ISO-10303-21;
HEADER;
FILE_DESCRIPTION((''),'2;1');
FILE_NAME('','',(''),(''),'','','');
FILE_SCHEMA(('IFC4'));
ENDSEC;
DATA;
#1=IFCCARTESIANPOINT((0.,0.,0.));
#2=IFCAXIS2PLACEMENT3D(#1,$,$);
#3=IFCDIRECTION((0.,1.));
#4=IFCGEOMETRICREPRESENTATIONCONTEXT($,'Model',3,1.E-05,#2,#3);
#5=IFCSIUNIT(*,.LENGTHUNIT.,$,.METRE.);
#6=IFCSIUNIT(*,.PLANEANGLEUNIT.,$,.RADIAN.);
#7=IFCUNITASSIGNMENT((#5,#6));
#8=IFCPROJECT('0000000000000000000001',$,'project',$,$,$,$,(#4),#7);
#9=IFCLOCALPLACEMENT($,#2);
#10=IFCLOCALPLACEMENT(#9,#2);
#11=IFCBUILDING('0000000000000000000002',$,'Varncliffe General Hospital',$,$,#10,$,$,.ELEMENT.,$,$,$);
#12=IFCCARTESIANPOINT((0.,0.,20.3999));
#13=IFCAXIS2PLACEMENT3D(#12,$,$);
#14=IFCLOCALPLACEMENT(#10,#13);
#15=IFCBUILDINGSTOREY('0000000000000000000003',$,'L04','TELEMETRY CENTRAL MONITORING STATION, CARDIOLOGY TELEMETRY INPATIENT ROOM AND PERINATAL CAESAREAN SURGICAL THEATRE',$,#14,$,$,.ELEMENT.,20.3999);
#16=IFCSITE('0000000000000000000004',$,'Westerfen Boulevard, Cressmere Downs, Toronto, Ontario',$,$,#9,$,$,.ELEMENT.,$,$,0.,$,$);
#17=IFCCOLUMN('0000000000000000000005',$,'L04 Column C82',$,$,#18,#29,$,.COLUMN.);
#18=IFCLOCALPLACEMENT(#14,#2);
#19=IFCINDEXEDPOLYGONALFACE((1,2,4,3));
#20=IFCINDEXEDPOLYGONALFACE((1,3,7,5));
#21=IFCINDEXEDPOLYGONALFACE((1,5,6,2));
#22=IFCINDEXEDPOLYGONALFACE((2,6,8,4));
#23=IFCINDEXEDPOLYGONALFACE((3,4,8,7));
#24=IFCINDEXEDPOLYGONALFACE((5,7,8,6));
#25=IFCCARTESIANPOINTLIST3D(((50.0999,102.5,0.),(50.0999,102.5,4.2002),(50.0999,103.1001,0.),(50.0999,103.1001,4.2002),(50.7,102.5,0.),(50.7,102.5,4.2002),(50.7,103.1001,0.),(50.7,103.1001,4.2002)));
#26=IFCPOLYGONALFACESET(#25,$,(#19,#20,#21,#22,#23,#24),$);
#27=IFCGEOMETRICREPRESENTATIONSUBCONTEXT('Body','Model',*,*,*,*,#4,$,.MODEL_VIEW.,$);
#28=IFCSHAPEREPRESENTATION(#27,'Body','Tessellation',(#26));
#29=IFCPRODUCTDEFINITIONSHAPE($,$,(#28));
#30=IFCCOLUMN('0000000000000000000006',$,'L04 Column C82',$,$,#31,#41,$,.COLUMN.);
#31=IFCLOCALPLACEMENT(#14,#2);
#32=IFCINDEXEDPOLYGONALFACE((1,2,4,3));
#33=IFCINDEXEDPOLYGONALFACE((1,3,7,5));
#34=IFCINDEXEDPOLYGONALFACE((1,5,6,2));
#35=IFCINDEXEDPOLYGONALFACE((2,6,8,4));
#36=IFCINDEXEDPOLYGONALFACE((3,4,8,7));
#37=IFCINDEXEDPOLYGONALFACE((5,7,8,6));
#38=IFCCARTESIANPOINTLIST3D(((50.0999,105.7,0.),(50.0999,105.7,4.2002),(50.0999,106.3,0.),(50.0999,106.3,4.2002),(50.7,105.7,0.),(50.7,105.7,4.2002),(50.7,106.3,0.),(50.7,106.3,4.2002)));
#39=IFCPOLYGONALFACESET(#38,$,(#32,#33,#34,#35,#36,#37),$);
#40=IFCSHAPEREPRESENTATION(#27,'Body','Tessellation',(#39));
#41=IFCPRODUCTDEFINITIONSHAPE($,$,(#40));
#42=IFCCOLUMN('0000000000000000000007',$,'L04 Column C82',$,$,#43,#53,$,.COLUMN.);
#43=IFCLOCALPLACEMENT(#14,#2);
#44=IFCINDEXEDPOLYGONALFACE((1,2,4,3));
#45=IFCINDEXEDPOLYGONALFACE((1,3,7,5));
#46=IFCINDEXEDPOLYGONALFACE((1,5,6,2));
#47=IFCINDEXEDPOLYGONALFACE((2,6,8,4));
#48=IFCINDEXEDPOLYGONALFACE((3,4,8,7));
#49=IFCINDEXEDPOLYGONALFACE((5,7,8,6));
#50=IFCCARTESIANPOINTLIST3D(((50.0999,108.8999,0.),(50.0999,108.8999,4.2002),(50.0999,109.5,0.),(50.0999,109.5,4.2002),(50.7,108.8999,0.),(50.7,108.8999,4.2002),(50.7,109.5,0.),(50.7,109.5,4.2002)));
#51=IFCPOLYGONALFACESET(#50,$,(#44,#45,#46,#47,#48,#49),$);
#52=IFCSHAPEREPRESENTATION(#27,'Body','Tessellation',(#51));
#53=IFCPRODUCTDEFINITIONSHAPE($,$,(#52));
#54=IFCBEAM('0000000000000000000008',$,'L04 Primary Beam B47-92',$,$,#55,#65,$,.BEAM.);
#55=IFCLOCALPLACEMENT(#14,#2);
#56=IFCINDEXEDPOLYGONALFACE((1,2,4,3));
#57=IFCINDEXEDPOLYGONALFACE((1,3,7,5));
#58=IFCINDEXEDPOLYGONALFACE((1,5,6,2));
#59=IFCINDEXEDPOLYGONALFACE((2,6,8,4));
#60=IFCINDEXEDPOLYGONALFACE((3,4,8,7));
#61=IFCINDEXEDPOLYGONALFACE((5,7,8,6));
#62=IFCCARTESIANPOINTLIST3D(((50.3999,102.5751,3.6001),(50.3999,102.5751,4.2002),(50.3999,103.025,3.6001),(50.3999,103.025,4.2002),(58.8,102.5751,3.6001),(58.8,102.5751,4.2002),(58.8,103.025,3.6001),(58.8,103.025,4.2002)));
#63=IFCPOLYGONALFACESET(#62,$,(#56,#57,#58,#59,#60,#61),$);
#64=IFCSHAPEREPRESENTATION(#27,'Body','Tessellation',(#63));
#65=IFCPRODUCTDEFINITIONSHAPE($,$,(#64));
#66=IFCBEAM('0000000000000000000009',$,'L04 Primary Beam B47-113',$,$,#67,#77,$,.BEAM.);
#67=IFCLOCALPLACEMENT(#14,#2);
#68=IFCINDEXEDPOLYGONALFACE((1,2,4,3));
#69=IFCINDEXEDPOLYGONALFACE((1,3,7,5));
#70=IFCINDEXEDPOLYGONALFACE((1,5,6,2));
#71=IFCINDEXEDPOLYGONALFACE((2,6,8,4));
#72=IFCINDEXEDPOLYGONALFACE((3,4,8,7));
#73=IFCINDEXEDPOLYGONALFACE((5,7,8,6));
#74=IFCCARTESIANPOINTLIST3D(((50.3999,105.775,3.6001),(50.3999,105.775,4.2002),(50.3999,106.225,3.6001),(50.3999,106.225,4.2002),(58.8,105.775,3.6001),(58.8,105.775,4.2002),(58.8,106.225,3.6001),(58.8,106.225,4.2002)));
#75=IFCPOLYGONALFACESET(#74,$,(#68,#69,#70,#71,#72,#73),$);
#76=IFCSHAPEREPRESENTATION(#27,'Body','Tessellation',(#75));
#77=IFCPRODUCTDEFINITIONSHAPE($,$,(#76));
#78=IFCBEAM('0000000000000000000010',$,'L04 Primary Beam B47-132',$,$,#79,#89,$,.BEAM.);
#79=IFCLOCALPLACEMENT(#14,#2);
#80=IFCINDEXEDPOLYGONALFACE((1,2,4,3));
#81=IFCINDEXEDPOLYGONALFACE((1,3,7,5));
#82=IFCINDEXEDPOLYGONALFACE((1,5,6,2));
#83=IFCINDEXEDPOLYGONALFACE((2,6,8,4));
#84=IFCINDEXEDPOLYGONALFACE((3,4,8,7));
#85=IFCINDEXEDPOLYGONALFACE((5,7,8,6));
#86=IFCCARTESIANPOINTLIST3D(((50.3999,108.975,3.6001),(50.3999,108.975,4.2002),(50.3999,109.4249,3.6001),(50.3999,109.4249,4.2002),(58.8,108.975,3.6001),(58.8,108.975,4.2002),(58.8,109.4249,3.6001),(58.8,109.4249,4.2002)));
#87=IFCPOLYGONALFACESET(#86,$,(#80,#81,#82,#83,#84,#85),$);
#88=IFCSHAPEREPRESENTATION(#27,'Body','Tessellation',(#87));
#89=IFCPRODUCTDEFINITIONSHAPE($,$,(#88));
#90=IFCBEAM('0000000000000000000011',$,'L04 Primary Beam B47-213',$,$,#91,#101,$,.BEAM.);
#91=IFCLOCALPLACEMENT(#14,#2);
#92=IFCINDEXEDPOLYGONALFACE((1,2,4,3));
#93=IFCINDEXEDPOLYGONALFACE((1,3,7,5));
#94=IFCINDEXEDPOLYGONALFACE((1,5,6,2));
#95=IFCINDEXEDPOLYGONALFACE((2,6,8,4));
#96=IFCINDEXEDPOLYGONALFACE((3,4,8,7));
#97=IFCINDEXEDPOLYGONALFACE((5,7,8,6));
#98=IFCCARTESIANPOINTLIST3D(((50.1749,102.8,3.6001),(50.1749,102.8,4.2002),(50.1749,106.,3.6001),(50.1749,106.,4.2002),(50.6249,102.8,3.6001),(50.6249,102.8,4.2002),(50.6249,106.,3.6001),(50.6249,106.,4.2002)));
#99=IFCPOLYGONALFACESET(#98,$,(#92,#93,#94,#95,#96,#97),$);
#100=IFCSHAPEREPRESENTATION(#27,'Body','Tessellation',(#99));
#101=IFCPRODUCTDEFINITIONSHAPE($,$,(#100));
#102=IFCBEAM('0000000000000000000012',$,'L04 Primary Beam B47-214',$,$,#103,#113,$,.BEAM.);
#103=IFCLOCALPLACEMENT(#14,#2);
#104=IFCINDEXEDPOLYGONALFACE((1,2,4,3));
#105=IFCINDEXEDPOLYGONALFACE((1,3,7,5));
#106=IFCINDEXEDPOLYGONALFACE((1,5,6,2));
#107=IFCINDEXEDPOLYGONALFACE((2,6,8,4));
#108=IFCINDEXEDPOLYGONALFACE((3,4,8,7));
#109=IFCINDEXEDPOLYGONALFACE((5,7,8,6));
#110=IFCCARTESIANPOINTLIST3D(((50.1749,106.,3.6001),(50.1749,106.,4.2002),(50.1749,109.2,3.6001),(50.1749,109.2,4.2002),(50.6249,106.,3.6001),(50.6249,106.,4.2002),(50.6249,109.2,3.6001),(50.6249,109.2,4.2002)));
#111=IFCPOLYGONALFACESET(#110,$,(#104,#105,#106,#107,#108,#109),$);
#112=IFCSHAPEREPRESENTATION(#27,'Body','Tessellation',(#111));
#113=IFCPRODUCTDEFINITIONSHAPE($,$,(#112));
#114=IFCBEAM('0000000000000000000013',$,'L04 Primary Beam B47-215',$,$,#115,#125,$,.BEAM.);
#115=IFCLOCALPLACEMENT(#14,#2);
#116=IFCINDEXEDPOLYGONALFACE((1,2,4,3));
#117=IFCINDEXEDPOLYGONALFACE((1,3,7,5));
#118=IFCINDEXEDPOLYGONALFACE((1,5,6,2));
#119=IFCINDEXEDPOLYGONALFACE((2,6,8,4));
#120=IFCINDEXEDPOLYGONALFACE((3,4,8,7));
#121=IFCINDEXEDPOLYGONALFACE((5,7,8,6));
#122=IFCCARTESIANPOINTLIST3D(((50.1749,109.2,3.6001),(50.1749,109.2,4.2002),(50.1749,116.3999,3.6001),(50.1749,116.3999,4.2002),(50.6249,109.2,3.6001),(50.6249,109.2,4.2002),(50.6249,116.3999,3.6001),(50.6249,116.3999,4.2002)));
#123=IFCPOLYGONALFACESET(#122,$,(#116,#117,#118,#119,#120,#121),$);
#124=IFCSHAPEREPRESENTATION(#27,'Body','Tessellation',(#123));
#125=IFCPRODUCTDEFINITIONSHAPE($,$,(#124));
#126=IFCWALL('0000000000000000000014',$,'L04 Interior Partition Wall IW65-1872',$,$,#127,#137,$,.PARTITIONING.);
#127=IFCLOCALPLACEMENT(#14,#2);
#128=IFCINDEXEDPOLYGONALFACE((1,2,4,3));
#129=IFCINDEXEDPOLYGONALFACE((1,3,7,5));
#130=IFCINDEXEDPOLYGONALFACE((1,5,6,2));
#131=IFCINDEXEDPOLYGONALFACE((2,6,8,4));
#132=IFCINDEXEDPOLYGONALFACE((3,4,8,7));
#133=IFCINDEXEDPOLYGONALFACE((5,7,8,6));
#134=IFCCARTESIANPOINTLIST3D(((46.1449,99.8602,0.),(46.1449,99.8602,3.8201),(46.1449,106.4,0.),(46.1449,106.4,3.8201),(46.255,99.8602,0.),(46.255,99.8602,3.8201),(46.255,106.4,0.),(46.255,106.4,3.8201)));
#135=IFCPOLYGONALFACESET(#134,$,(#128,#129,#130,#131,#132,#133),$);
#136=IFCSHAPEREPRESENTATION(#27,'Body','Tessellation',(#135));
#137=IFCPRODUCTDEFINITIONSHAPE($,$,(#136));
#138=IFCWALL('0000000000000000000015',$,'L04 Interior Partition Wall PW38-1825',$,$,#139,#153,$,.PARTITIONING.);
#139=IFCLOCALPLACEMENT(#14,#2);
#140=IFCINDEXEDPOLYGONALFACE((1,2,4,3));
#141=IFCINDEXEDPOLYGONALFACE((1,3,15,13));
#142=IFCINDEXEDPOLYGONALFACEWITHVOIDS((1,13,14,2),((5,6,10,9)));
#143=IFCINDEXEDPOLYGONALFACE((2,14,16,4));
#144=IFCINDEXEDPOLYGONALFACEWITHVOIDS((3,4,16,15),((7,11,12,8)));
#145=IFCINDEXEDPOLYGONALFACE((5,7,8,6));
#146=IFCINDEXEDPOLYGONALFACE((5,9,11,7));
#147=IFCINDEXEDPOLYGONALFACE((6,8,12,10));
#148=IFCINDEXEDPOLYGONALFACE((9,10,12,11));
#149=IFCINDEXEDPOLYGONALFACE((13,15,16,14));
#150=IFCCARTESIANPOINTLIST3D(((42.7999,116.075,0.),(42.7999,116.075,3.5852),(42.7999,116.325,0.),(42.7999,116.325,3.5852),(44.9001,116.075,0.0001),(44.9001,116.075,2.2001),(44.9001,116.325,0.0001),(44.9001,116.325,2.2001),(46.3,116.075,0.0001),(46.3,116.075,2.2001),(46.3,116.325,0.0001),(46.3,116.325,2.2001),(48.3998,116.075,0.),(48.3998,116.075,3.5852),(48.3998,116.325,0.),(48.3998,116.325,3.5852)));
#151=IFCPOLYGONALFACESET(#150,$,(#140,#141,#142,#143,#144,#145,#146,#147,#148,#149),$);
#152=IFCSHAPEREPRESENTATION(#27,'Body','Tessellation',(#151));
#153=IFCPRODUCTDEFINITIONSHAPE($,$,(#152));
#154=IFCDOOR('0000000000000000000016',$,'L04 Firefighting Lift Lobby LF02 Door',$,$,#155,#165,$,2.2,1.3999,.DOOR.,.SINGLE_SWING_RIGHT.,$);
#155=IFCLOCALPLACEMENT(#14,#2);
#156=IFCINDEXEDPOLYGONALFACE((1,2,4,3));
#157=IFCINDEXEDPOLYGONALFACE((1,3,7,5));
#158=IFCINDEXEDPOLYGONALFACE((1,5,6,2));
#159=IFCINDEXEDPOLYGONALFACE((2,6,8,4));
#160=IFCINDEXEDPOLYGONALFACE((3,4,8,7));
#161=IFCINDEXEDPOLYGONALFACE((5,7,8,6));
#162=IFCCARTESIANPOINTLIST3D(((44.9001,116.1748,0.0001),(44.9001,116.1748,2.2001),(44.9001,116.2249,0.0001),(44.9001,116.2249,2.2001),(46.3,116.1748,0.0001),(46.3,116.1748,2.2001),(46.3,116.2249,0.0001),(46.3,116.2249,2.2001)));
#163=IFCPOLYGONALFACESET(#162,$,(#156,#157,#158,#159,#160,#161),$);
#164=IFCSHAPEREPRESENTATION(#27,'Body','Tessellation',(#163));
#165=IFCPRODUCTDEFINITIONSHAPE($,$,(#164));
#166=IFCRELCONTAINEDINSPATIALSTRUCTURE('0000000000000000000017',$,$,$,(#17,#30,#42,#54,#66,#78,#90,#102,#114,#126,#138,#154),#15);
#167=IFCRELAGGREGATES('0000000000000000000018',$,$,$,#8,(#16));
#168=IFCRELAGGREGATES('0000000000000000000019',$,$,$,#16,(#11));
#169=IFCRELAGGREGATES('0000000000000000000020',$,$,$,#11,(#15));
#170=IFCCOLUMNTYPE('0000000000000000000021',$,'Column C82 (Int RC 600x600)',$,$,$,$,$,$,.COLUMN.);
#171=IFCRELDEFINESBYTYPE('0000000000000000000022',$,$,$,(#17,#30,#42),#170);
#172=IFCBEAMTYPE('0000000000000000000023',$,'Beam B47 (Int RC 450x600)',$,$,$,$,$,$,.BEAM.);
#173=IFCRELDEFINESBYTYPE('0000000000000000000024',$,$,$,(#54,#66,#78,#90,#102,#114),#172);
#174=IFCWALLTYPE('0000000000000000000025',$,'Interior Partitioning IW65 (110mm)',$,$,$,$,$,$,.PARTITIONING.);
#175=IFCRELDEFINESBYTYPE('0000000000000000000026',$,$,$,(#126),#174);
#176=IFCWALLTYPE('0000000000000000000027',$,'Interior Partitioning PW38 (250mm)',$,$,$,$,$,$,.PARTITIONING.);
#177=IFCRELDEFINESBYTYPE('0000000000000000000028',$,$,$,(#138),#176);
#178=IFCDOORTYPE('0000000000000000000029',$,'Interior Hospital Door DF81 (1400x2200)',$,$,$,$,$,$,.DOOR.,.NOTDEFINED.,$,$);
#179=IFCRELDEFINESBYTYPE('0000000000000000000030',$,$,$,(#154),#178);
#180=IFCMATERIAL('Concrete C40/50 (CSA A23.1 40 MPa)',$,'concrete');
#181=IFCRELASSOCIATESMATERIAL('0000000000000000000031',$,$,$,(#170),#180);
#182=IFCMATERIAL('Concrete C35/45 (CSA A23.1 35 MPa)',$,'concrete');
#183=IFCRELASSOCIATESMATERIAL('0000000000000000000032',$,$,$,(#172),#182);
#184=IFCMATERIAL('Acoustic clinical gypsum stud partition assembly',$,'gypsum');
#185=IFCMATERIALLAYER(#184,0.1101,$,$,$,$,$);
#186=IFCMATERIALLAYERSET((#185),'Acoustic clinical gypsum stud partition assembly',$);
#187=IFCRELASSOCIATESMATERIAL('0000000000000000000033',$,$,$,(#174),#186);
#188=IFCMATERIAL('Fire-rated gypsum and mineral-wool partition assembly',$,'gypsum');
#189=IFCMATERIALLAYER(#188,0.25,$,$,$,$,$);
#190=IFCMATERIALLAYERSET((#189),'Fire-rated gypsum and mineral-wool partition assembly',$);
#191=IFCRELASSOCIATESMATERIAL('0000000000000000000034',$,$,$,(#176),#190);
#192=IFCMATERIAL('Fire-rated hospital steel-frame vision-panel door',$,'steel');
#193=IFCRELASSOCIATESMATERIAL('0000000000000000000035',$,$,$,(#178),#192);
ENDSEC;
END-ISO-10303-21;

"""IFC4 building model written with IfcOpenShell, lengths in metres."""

from ifc_helpers import new_model, si_unit, direction, frame, frame_2d, origin, origin_2d, place, context, subcontext, project, spatial, rectangle, extrude, material, layer, layer_set, material_profile, profile_set, type_object, element, fill, save


model = new_model("IFC4")

# Units and contexts
model_context = context("Model", 3, precision=1e-05, world=origin(), true_north=direction((0.0, 1.0)))
body_context = subcontext(model_context, "Body", "Model", "MODEL_VIEW")
ifc_project = project(units=[si_unit("LENGTHUNIT", "METRE"), si_unit("PLANEANGLEUNIT", "RADIAN")], contexts=[model_context])

# Site, building, storey
site_placement = place(None, origin())
site = spatial("IfcSite", under=ifc_project, at=site_placement, Name="Westerfen Boulevard, Cressmere Downs, Toronto, Ontario", CompositionType="ELEMENT", RefElevation=0.0)
building_placement = place(site_placement, origin())
building = spatial("IfcBuilding", under=site, at=building_placement, Name="Varncliffe General Hospital", CompositionType="ELEMENT")
storey_placement = place(building_placement, frame((0.0, 0.0, 20.3999)))
storey = spatial("IfcBuildingStorey", under=building, at=storey_placement, Name="L04", Description="TELEMETRY CENTRAL MONITORING STATION, CARDIOLOGY TELEMETRY INPATIENT ROOM AND PERINATAL CAESAREAN SURGICAL THEATRE", CompositionType="ELEMENT", Elevation=20.3999)

# Columns
ifc_material_1 = material(Name="Concrete C40/50 (CSA A23.1 40 MPa)", Category="concrete")
ifc_material_profile_1 = material_profile(ifc_material_1, rectangle(XDim=0.6001, YDim=0.6001, at=origin_2d()), Name="RC 600x600")
ifc_profile_set_1 = profile_set([ifc_material_profile_1], Name="Concrete C40/50 (CSA A23.1 40 MPa)")
column_type = type_object("IfcColumnType", Name="Column C82 (Int RC 600x600)", PredefinedType="COLUMN", material=ifc_profile_set_1)
for number, where, z_axis, x_axis, name in (
    (1, (50.3999, 102.8, 0.0), (0.0, 0.0, 1.0), (1.0, 0.0, 0.0), "L04 Column C82"),
    (2, (50.3999, 106.0, 0.0), (0.0, 0.0, 1.0), (1.0, 0.0, 0.0), "L04 Column C82"),
    (3, (50.3999, 109.2, 0.0), (0.0, 0.0, 1.0), (1.0, 0.0, 0.0), "L04 Column C82"),
):
    element("IfcColumn", number, at=place(storey_placement, frame(where, z_axis=z_axis, x_axis=x_axis)), inside=storey, type_object=column_type, Name=name, PredefinedType="COLUMN", context=body_context, shape_type="SweptSolid", body=[
        extrude(rectangle(XDim=0.6001, YDim=0.6001, at=origin_2d()), origin(), (0.0, 0.0, 1.0), 4.2002),
    ])

# Beams
ifc_material_2 = material(Name="Concrete C35/45 (CSA A23.1 35 MPa)", Category="concrete")
ifc_material_profile_2 = material_profile(ifc_material_2, rectangle(XDim=0.45, YDim=0.6001, at=origin_2d()), Name="RC 450x600")
ifc_profile_set_2 = profile_set([ifc_material_profile_2], Name="Concrete C35/45 (CSA A23.1 35 MPa)")
beam_type = type_object("IfcBeamType", Name="Beam B47 (Int RC 450x600)", PredefinedType="BEAM", material=ifc_profile_set_2)
for number, where, z_axis, x_axis, name in (
    (4, (50.3999, 102.8, 3.9001), (1.0, 0.0, 0.0), (0.0, 1.0, 0.0), "L04 Primary Beam B47-92"),
    (5, (50.3999, 106.0, 3.9001), (1.0, 0.0, 0.0), (0.0, 1.0, 0.0), "L04 Primary Beam B47-113"),
    (6, (50.3999, 109.2, 3.9001), (1.0, 0.0, 0.0), (0.0, 1.0, 0.0), "L04 Primary Beam B47-132"),
):
    element("IfcBeam", number, at=place(storey_placement, frame(where, z_axis=z_axis, x_axis=x_axis)), inside=storey, type_object=beam_type, Name=name, PredefinedType="BEAM", context=body_context, shape_type="SweptSolid", body=[
        extrude(rectangle(XDim=0.45, YDim=0.6001, at=origin_2d()), origin(), (0.0, 0.0, 1.0), 8.4001),
    ])
for number, where, z_axis, x_axis, name in (
    (7, (50.3999, 102.8, 3.9001), (0.0, 1.0, 0.0), (-1.0, 0.0, 0.0), "L04 Primary Beam B47-213"),
    (8, (50.3999, 106.0, 3.9001), (0.0, 1.0, 0.0), (-1.0, 0.0, 0.0), "L04 Primary Beam B47-214"),
):
    element("IfcBeam", number, at=place(storey_placement, frame(where, z_axis=z_axis, x_axis=x_axis)), inside=storey, type_object=beam_type, Name=name, PredefinedType="BEAM", context=body_context, shape_type="SweptSolid", body=[
        extrude(rectangle(XDim=0.45, YDim=0.6001, at=origin_2d()), origin(), (0.0, 0.0, 1.0), 3.2),
    ])
beam_placement = place(storey_placement, frame((50.3999, 109.2, 3.9001), z_axis=(0.0, 1.0, 0.0), x_axis=(-1.0, 0.0, 0.0)))
element("IfcBeam", 9, at=beam_placement, inside=storey, type_object=beam_type, Name="L04 Primary Beam B47-215", PredefinedType="BEAM", context=body_context, shape_type="SweptSolid", body=[
    extrude(rectangle(XDim=0.45, YDim=0.6001, at=origin_2d()), origin(), (0.0, 0.0, 1.0), 7.2),
])

# Wall
ifc_material_3 = material(Name="Acoustic clinical gypsum stud partition assembly", Category="gypsum")
ifc_layer_1 = layer(ifc_material_3, 0.1101)
ifc_layer_set_1 = layer_set([ifc_layer_1], Name="Acoustic clinical gypsum stud partition assembly")
wall_type_1 = type_object("IfcWallType", Name="Interior Partitioning IW65 (110mm)", PredefinedType="PARTITIONING", material=ifc_layer_set_1)
wall_1_placement = place(storey_placement, frame((46.2, 99.8601, 0.0), z_axis=(0.0, 0.0, 1.0), x_axis=(0.0, 1.0, 0.0)))
element("IfcWall", 10, at=wall_1_placement, inside=storey, type_object=wall_type_1, Name="L04 Interior Partition Wall IW65-1872", PredefinedType="PARTITIONING", context=body_context, shape_type="SweptSolid", body=[
    extrude(rectangle(XDim=6.5398, YDim=0.1101, at=frame_2d((3.27, 0.0))), origin(), (0.0, 0.0, 1.0), 3.8201),
])

# Wall, opening, door
ifc_material_4 = material(Name="Fire-rated gypsum and mineral-wool partition assembly", Category="gypsum")
ifc_layer_2 = layer(ifc_material_4, 0.25)
ifc_layer_set_2 = layer_set([ifc_layer_2], Name="Fire-rated gypsum and mineral-wool partition assembly")
wall_type_2 = type_object("IfcWallType", Name="Interior Partitioning PW38 (250mm)", PredefinedType="PARTITIONING", material=ifc_layer_set_2)
wall_2_placement = place(storey_placement, frame((42.8, 116.2, 0.0), z_axis=(0.0, 0.0, 1.0), x_axis=(1.0, 0.0, 0.0)))
wall_2 = element("IfcWall", 11, at=wall_2_placement, inside=storey, type_object=wall_type_2, Name="L04 Interior Partition Wall PW38-1825", PredefinedType="PARTITIONING", context=body_context, shape_type="SweptSolid", body=[
    extrude(rectangle(XDim=5.5999, YDim=0.25, at=frame_2d((2.7998, 0.0))), origin(), (0.0, 0.0, 1.0), 3.5852),
])
opening_1_placement = place(wall_2_placement, frame((2.1001, 0.0, 0.0)))
opening_1 = element("IfcOpeningElement", 12, at=opening_1_placement, cuts=wall_2, PredefinedType="OPENING", context=body_context, shape_type="SweptSolid", body=[
    extrude(rectangle(XDim=1.3999, YDim=2.2, at=frame_2d((0.7, 1.1001))), frame((0.0, 0.135, 0.0), z_axis=(0.0, -1.0, 0.0), x_axis=(1.0, 0.0, 0.0)), (0.0, 0.0, 1.0), 0.27),
])
ifc_material_5 = material(Name="Fire-rated hospital steel-frame vision-panel door", Category="steel")
door_type_1 = type_object("IfcDoorType", Name="Interior Hospital Door DF81 (1400x2200)", OperationType="NOTDEFINED", PredefinedType="DOOR", material=ifc_material_5)
door_1_placement = place(opening_1_placement, origin())
door_1 = element("IfcDoor", 13, at=door_1_placement, inside=storey, type_object=door_type_1, Name="L04 Firefighting Lift Lobby LF02 Door", OperationType="SINGLE_SWING_RIGHT", OverallHeight=2.2, OverallWidth=1.3999, PredefinedType="DOOR", context=body_context, shape_type="SweptSolid", body=[
    extrude(rectangle(XDim=1.3999, YDim=2.2, at=frame_2d((0.7, 1.1001))), frame((0.0, 0.0249, 0.0), z_axis=(0.0, -1.0, 0.0), x_axis=(1.0, 0.0, 0.0)), (0.0, 0.0, 1.0), 0.05),
])
fill(opening_1, door_1)

save(model, "model.ifc")
